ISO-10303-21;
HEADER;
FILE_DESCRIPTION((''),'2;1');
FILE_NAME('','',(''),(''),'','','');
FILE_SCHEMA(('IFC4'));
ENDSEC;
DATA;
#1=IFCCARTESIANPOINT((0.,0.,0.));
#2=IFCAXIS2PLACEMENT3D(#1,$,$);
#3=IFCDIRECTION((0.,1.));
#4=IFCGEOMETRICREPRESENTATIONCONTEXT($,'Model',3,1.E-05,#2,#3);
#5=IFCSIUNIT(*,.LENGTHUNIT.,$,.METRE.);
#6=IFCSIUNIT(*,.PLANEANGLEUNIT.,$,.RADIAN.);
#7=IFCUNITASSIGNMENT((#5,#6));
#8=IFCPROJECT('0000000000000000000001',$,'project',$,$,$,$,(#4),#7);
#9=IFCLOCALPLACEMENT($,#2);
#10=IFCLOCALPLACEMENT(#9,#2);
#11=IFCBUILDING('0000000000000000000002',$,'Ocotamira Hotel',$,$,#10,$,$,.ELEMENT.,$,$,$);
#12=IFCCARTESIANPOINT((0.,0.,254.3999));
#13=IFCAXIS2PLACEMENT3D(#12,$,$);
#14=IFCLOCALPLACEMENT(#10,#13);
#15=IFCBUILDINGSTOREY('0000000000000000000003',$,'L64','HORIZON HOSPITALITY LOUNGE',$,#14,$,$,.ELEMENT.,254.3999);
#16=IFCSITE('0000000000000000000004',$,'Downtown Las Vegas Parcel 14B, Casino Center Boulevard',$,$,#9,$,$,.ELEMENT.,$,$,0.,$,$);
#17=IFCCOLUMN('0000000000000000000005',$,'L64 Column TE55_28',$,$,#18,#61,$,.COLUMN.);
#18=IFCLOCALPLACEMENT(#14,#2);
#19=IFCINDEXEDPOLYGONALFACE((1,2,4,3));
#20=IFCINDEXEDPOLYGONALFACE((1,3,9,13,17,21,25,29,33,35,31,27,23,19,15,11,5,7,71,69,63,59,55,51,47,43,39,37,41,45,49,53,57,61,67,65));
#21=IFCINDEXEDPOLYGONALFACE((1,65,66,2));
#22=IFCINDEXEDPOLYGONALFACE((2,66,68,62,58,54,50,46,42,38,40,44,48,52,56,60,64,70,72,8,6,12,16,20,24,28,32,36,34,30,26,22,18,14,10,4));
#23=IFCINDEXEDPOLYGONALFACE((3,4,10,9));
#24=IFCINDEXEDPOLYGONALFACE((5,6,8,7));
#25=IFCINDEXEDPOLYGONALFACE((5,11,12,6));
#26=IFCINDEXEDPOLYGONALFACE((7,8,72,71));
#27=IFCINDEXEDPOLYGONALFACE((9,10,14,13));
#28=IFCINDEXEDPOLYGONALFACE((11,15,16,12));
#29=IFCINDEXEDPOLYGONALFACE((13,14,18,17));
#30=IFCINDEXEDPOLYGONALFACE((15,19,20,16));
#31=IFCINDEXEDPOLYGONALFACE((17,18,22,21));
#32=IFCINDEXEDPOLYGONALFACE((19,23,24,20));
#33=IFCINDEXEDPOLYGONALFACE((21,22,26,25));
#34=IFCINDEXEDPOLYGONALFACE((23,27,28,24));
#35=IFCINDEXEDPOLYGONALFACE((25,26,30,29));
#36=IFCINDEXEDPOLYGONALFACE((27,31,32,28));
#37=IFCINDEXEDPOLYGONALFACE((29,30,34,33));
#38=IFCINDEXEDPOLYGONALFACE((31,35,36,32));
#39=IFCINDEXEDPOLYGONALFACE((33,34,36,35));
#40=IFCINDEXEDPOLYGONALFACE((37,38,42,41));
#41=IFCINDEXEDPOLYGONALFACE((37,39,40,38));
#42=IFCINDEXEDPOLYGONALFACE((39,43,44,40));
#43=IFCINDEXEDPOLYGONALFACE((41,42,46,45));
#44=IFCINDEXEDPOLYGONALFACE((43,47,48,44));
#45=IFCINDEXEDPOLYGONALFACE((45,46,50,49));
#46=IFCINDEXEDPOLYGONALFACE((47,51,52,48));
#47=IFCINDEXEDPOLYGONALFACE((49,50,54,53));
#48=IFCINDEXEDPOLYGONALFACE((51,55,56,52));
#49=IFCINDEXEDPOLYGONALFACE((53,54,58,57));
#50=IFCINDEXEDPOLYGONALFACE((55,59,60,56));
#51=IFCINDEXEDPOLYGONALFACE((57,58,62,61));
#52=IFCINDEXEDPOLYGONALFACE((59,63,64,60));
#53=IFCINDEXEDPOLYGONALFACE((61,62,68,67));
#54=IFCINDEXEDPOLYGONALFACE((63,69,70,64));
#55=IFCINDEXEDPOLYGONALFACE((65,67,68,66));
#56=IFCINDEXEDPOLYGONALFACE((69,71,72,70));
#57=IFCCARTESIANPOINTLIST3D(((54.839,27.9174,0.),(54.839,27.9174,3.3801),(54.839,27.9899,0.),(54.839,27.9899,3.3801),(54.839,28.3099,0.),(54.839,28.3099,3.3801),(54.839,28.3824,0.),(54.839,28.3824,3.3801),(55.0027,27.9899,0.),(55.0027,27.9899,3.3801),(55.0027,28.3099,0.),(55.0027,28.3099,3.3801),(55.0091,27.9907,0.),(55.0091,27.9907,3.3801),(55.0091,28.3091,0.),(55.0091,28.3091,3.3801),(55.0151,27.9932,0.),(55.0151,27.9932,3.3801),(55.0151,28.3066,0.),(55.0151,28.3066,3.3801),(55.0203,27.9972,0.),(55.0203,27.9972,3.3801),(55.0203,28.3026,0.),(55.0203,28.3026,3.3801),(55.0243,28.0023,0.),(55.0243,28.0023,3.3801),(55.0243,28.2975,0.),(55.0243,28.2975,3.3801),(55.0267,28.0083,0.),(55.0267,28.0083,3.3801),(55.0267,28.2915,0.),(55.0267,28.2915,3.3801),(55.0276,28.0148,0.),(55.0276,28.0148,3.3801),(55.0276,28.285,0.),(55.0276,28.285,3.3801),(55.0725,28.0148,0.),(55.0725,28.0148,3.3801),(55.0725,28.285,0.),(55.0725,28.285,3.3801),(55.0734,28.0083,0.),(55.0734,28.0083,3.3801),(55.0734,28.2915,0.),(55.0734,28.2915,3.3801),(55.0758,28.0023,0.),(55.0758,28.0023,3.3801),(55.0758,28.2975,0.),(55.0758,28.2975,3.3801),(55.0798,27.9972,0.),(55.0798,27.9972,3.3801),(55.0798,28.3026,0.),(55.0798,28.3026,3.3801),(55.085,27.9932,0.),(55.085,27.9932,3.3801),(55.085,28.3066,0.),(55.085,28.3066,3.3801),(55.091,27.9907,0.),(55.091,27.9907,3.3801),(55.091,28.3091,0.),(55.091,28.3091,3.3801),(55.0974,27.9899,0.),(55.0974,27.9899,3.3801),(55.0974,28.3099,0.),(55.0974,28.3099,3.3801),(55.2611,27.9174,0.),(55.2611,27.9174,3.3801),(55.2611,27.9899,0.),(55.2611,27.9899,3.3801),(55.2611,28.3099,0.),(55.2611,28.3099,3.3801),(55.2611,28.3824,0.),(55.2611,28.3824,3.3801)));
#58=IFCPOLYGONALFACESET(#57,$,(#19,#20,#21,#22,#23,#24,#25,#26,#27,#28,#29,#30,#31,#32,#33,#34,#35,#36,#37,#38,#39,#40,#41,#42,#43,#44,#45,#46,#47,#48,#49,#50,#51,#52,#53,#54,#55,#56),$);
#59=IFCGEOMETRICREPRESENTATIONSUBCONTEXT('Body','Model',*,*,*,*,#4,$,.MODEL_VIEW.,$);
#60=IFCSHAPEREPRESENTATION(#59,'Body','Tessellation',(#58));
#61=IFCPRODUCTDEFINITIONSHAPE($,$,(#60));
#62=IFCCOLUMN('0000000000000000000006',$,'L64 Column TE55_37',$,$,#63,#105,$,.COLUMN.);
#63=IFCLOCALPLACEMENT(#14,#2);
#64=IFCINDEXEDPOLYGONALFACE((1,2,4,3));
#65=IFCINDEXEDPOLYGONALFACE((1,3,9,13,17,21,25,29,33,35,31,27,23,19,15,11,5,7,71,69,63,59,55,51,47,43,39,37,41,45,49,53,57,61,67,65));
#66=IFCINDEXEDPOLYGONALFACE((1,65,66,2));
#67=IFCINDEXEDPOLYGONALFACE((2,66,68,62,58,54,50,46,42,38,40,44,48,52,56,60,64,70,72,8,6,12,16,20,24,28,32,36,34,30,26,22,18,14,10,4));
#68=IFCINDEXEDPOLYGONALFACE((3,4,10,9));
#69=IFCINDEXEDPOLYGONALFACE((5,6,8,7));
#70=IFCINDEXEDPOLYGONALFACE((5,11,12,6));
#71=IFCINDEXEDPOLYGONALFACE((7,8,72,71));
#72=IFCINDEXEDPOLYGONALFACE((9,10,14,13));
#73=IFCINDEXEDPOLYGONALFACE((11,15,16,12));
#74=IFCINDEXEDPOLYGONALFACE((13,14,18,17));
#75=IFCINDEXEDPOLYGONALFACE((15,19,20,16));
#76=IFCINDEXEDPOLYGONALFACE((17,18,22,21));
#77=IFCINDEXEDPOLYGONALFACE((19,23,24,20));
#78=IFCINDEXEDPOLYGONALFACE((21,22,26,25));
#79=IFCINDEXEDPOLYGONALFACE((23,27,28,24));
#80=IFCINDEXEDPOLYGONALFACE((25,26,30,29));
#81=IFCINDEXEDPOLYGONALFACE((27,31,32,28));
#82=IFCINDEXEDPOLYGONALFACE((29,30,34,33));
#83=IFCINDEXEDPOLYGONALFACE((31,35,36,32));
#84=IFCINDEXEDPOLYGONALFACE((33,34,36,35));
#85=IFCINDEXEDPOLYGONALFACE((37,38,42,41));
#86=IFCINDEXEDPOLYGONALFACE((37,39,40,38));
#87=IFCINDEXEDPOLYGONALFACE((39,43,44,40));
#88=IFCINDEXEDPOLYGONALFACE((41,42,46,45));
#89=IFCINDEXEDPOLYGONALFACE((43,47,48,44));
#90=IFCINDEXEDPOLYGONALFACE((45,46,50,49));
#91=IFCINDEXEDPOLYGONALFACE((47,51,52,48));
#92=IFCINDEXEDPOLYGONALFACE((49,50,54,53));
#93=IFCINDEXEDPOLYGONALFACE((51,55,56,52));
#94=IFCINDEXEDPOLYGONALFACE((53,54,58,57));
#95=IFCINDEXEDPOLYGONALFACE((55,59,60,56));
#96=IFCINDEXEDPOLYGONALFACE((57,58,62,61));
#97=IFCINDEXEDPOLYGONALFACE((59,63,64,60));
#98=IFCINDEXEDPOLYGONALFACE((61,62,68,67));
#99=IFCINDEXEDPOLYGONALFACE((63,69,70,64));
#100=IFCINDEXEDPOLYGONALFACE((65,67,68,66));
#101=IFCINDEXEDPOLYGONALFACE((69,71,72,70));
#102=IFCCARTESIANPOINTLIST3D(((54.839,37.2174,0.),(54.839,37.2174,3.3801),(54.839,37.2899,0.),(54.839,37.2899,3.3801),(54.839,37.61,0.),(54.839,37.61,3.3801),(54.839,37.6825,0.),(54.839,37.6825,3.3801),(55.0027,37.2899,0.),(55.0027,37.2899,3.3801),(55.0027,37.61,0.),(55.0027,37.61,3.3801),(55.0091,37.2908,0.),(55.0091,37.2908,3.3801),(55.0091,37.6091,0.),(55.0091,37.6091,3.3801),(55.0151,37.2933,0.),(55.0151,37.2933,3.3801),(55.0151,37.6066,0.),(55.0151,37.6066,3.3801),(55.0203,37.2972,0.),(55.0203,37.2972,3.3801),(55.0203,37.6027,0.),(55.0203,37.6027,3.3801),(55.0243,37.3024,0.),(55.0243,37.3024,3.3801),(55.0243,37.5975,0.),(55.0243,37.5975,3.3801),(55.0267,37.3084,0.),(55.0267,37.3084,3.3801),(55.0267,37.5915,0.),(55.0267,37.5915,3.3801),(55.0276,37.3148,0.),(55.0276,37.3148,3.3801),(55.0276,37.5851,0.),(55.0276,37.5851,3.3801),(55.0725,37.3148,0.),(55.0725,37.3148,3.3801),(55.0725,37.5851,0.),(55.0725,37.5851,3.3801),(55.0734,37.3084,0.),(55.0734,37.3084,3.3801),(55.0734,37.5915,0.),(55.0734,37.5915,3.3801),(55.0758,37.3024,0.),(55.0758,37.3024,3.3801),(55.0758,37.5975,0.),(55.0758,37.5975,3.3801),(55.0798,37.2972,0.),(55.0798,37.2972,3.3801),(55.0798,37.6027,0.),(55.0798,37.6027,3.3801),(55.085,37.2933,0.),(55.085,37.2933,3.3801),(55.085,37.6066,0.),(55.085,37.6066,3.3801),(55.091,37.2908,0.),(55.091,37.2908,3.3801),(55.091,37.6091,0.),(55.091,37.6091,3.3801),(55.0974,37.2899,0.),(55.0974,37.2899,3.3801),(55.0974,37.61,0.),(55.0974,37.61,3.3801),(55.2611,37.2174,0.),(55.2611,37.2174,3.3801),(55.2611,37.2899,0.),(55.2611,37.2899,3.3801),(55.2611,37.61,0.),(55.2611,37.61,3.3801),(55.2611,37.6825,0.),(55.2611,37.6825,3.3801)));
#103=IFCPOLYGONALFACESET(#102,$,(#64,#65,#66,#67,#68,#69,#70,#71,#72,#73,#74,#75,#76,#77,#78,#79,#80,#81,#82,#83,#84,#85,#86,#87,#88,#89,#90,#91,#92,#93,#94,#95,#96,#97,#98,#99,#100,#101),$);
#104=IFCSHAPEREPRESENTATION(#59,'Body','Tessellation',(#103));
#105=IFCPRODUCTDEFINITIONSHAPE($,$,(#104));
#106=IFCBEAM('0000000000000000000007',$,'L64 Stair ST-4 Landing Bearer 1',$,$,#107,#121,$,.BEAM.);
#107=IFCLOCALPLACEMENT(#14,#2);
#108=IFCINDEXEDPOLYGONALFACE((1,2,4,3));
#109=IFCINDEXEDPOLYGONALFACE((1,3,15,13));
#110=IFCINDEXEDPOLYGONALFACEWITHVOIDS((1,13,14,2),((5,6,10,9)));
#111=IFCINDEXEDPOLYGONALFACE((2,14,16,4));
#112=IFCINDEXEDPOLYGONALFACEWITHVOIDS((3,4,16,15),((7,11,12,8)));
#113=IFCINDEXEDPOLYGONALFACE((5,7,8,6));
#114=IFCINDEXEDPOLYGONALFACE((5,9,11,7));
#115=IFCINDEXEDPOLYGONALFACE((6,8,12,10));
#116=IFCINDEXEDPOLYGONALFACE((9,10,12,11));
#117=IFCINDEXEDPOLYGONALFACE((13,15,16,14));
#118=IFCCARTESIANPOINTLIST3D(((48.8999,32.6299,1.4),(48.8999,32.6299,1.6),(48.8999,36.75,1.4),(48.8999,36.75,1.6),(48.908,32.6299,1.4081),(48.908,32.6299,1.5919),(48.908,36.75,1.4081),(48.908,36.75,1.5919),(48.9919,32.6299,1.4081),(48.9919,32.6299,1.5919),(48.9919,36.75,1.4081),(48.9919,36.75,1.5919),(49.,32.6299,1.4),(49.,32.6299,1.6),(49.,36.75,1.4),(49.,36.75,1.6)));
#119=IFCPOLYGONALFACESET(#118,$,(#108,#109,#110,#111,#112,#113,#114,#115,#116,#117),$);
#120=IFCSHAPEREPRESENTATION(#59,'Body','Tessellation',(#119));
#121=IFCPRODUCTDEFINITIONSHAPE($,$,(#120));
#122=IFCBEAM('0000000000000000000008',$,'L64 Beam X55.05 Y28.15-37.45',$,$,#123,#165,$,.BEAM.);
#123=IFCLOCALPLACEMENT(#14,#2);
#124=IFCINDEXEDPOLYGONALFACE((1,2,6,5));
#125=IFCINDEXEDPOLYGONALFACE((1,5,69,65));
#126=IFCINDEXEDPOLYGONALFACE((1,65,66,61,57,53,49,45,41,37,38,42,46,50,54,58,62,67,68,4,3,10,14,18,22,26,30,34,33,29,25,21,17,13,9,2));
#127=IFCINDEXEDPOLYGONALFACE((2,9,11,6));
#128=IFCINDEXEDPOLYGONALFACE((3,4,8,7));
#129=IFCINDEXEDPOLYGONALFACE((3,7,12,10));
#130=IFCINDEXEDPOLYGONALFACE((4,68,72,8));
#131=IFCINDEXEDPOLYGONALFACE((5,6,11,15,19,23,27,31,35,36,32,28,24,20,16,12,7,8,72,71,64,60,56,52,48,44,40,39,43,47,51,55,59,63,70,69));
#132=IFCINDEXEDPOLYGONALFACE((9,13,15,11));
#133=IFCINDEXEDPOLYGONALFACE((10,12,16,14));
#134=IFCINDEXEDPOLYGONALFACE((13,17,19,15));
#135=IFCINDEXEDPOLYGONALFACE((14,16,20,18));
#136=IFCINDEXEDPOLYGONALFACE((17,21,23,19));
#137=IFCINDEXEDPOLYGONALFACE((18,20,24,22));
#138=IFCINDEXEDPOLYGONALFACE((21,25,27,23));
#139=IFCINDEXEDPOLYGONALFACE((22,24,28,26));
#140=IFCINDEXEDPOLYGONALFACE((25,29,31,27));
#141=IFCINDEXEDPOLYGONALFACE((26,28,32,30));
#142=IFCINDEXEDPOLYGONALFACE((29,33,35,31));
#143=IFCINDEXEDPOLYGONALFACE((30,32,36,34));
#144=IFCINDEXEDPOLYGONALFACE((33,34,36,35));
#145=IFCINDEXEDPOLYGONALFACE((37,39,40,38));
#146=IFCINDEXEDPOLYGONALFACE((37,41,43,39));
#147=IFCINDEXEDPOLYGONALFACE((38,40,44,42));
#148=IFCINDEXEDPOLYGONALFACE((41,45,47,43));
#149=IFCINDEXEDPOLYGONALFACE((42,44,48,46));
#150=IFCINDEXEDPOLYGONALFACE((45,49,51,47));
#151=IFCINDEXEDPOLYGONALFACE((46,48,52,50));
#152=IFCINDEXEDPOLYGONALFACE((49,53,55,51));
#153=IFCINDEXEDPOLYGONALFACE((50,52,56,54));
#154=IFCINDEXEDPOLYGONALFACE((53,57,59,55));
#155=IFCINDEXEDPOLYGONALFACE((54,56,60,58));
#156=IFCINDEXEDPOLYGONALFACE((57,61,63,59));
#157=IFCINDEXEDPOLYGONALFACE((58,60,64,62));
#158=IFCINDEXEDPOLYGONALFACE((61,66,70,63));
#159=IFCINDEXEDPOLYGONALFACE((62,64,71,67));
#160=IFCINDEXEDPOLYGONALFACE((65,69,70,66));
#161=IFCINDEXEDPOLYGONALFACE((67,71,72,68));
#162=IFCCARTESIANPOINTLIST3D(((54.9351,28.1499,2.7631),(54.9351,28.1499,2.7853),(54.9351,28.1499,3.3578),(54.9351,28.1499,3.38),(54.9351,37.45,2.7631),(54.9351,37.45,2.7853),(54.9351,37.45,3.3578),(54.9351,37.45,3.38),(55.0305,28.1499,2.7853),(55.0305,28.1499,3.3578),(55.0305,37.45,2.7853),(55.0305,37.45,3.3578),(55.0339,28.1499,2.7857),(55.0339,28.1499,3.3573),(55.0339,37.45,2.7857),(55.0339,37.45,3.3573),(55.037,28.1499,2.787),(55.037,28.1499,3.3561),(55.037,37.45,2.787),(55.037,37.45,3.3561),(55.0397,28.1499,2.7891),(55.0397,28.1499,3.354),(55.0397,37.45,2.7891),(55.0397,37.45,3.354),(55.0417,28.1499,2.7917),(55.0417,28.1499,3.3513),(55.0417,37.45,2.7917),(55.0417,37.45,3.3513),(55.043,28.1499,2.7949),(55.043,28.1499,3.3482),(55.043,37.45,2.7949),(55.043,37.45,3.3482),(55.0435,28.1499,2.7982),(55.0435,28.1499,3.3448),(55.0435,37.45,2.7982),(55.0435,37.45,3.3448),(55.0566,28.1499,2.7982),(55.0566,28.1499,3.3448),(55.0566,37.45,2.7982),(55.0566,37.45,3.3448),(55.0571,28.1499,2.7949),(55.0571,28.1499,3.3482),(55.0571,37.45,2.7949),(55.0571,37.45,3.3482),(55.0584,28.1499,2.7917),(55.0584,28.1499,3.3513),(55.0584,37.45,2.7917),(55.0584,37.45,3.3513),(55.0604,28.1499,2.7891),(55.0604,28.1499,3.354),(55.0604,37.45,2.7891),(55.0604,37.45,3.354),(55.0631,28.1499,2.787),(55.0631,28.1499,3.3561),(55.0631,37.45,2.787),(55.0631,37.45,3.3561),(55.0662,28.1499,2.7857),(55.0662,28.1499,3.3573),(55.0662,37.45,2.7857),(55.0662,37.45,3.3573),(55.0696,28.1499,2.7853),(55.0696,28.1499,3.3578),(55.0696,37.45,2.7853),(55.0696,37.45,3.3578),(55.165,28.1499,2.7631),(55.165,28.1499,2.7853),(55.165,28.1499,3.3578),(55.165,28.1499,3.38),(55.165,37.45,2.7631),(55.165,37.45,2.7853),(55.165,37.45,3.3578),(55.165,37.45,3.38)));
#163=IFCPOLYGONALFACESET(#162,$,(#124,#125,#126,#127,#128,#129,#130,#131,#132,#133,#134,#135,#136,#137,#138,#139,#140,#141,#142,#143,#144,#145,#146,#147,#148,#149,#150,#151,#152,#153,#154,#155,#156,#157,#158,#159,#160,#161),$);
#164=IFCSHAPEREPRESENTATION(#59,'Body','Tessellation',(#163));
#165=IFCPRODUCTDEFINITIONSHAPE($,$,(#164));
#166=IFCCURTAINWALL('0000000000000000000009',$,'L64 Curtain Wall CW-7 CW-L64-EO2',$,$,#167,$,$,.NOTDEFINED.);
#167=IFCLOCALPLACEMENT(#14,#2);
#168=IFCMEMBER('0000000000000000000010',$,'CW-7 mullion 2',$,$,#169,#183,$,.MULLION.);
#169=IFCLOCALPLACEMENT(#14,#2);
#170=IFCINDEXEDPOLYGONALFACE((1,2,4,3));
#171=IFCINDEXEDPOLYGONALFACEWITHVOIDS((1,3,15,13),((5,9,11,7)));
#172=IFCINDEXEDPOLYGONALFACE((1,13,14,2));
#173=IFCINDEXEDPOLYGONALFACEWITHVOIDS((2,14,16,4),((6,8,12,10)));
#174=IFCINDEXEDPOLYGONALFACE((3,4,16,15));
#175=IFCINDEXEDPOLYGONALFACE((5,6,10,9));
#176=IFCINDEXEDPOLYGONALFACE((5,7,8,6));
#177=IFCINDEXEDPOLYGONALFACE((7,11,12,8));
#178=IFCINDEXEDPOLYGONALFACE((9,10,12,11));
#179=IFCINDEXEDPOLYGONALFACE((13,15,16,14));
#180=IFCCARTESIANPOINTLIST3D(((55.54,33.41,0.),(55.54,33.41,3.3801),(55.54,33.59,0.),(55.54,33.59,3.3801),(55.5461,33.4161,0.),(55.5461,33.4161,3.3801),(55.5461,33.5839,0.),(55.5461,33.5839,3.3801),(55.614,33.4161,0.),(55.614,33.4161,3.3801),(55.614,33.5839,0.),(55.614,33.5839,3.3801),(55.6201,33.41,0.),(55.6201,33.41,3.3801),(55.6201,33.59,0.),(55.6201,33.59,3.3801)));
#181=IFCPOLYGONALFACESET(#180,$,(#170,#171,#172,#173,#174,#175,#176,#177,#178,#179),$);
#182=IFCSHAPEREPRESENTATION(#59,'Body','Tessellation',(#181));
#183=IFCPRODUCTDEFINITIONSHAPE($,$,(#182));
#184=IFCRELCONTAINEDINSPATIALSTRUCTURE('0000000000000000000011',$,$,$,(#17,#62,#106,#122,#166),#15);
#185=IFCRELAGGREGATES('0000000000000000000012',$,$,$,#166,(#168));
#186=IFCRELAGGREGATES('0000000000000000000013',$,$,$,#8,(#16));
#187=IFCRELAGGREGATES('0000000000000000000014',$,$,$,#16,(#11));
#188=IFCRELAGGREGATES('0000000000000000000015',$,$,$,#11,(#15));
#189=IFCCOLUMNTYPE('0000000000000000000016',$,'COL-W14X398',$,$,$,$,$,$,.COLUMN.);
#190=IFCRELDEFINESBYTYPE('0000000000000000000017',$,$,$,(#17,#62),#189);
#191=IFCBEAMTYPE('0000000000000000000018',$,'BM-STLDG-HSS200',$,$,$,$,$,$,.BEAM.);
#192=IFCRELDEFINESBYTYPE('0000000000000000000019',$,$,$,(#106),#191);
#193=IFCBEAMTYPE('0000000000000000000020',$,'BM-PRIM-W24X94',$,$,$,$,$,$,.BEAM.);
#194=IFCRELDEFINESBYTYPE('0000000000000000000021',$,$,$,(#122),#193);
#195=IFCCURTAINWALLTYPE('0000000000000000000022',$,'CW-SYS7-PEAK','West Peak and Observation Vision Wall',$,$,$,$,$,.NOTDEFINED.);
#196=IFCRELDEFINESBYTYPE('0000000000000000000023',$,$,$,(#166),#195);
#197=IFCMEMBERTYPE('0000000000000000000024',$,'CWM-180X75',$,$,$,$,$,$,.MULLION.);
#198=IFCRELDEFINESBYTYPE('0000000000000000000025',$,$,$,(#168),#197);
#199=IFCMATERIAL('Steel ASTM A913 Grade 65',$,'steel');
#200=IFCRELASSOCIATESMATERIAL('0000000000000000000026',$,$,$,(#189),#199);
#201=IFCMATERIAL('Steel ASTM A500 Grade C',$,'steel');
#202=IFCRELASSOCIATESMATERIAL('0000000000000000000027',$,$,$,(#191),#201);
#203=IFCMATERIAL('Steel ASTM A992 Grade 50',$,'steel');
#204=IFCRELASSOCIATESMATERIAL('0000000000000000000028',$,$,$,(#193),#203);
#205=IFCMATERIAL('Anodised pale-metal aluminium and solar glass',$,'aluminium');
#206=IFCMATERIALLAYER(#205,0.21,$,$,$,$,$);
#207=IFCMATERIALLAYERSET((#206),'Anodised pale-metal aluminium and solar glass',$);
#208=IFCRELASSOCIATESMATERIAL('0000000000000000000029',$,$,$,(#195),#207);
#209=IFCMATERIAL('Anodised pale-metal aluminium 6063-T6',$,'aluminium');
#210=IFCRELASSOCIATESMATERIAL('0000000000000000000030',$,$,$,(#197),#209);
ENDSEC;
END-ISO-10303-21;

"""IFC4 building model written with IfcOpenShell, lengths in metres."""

from ifc_helpers import new_model, si_unit, direction, frame, origin, origin_2d, place, context, subcontext, project, spatial, hollow_rectangle, i_section, extrude, source, transform, mapped, material, layer, layer_set, material_profile, profile_set, type_object, element, aggregate, save


model = new_model("IFC4")

# Units and contexts
model_context = context("Model", 3, precision=1e-05, world=origin(), true_north=direction((0.0, 1.0)))
body_context = subcontext(model_context, "Body", "Model", "MODEL_VIEW")
ifc_project = project(units=[si_unit("LENGTHUNIT", "METRE"), si_unit("PLANEANGLEUNIT", "RADIAN")], contexts=[model_context])

# Site, building, storey
site_placement = place(None, origin())
site = spatial("IfcSite", under=ifc_project, at=site_placement, Name="Downtown Las Vegas Parcel 14B, Casino Center Boulevard", CompositionType="ELEMENT", RefElevation=0.0)
building_placement = place(site_placement, origin())
building = spatial("IfcBuilding", under=site, at=building_placement, Name="Ocotamira Hotel", CompositionType="ELEMENT")
storey_placement = place(building_placement, frame((0.0, 0.0, 254.3999)))
storey = spatial("IfcBuildingStorey", under=building, at=storey_placement, Name="L64", Description="HORIZON HOSPITALITY LOUNGE", CompositionType="ELEMENT", Elevation=254.3999)

# Columns
ifc_material_1 = material(Name="Steel ASTM A913 Grade 65", Category="steel")
ifc_material_profile_1 = material_profile(ifc_material_1, i_section(OverallWidth=0.4221, OverallDepth=0.4651, WebThickness=0.0449, FlangeThickness=0.0725, FilletRadius=0.0249, at=origin_2d()), Name="W14X398")
ifc_profile_set_1 = profile_set([ifc_material_profile_1], Name="Steel ASTM A913 Grade 65")
column_type = type_object("IfcColumnType", Name="COL-W14X398", PredefinedType="COLUMN", material=ifc_profile_set_1)
shared_shape_1 = source(origin(), body_context, "Body", "SweptSolid", [
    extrude(i_section(OverallWidth=0.4221, OverallDepth=0.4651, WebThickness=0.0449, FlangeThickness=0.0725, FilletRadius=0.0249, at=origin_2d()), origin(), (0.0, 0.0, 1.0), 3.3801),
])
for number, where, z_axis, x_axis, name in (
    (1, (55.05, 28.1499, 0.0), (0.0, 0.0, 1.0), (1.0, 0.0, 0.0), "L64 Column TE55_28"),
    (2, (55.05, 37.45, 0.0), (0.0, 0.0, 1.0), (1.0, 0.0, 0.0), "L64 Column TE55_37"),
):
    element("IfcColumn", number, at=place(storey_placement, frame(where, z_axis=z_axis, x_axis=x_axis)), inside=storey, type_object=column_type, Name=name, PredefinedType="COLUMN", context=body_context, shape_type="MappedRepresentation", body=[
        mapped(shared_shape_1, transform((0.0, 0.0, 0.0), scale=1.0)),
    ])

# Beams
ifc_material_2 = material(Name="Steel ASTM A500 Grade C", Category="steel")
ifc_material_profile_2 = material_profile(ifc_material_2, hollow_rectangle(XDim=0.1001, YDim=0.2, WallThickness=0.0081, at=origin_2d()), Name="HSS200X100X8")
ifc_profile_set_2 = profile_set([ifc_material_profile_2], Name="Steel ASTM A500 Grade C")
beam_type_1 = type_object("IfcBeamType", Name="BM-STLDG-HSS200", PredefinedType="BEAM", material=ifc_profile_set_2)
shared_shape_2 = source(origin(), body_context, "Body", "SweptSolid", [
    extrude(hollow_rectangle(XDim=0.1001, YDim=0.2, WallThickness=0.0081, at=origin_2d()), origin(), (0.0, 0.0, 1.0), 4.1201),
])
beam_1_placement = place(storey_placement, frame((48.95, 32.6299, 1.5), z_axis=(0.0, 1.0, 0.0), x_axis=(-1.0, 0.0, 0.0)))
element("IfcBeam", 3, at=beam_1_placement, inside=storey, type_object=beam_type_1, Name="L64 Stair ST-4 Landing Bearer 1", PredefinedType="BEAM", context=body_context, shape_type="MappedRepresentation", body=[
    mapped(shared_shape_2, transform((0.0, 0.0, 0.0), scale=1.0)),
])
ifc_material_3 = material(Name="Steel ASTM A992 Grade 50", Category="steel")
ifc_material_profile_3 = material_profile(ifc_material_3, i_section(OverallWidth=0.23, OverallDepth=0.6169, WebThickness=0.0132, FlangeThickness=0.0222, FilletRadius=0.0129, at=origin_2d()), Name="W24X94")
ifc_profile_set_3 = profile_set([ifc_material_profile_3], Name="Steel ASTM A992 Grade 50")
beam_type_2 = type_object("IfcBeamType", Name="BM-PRIM-W24X94", PredefinedType="BEAM", material=ifc_profile_set_3)
shared_shape_3 = source(origin(), body_context, "Body", "SweptSolid", [
    extrude(i_section(OverallWidth=0.23, OverallDepth=0.6169, WebThickness=0.0132, FlangeThickness=0.0222, FilletRadius=0.0129, at=origin_2d()), origin(), (0.0, 0.0, 1.0), 9.3),
])
beam_2_placement = place(storey_placement, frame((55.05, 28.1499, 3.0715), z_axis=(0.0, 1.0, 0.0), x_axis=(-1.0, 0.0, 0.0)))
element("IfcBeam", 4, at=beam_2_placement, inside=storey, type_object=beam_type_2, Name="L64 Beam X55.05 Y28.15-37.45", PredefinedType="BEAM", context=body_context, shape_type="MappedRepresentation", body=[
    mapped(shared_shape_3, transform((0.0, 0.0, 0.0), scale=1.0)),
])

# Curtain wall, member
ifc_material_4 = material(Name="Anodised pale-metal aluminium and solar glass", Category="aluminium")
ifc_layer_1 = layer(ifc_material_4, 0.21)
ifc_layer_set_1 = layer_set([ifc_layer_1], Name="Anodised pale-metal aluminium and solar glass")
curtain_wall_type = type_object("IfcCurtainWallType", Name="CW-SYS7-PEAK", Description="West Peak and Observation Vision Wall", PredefinedType="NOTDEFINED", material=ifc_layer_set_1)
curtain_wall_placement = place(storey_placement, origin())
curtain_wall = element("IfcCurtainWall", 5, at=curtain_wall_placement, inside=storey, type_object=curtain_wall_type, Name="L64 Curtain Wall CW-7 CW-L64-EO2", PredefinedType="NOTDEFINED")
ifc_material_5 = material(Name="Anodised pale-metal aluminium 6063-T6", Category="aluminium")
ifc_material_profile_4 = material_profile(ifc_material_5, hollow_rectangle(XDim=0.0801, YDim=0.1799, WallThickness=0.0061, at=origin_2d()), Name="HSS180X80X6")
ifc_profile_set_4 = profile_set([ifc_material_profile_4], Name="Anodised pale-metal aluminium 6063-T6")
member_type_1 = type_object("IfcMemberType", Name="CWM-180X75", PredefinedType="MULLION", material=ifc_profile_set_4)
shared_shape_4 = source(origin(), body_context, "Body", "SweptSolid", [
    extrude(hollow_rectangle(XDim=0.0801, YDim=0.1799, WallThickness=0.0061, at=origin_2d()), origin(), (0.0, 0.0, 1.0), 3.3801),
])
member_1_placement = place(storey_placement, frame((55.5801, 33.5, 0.0), z_axis=(0.0, 0.0, 1.0), x_axis=(-1.0, 0.0, 0.0)))
member_1 = element("IfcMember", 6, at=member_1_placement, type_object=member_type_1, Name="CW-7 mullion 2", PredefinedType="MULLION", context=body_context, shape_type="MappedRepresentation", body=[
    mapped(shared_shape_4, transform((0.0, 0.0, 0.0), scale=1.0)),
])
aggregate(curtain_wall, [member_1])

save(model, "model.ifc")
